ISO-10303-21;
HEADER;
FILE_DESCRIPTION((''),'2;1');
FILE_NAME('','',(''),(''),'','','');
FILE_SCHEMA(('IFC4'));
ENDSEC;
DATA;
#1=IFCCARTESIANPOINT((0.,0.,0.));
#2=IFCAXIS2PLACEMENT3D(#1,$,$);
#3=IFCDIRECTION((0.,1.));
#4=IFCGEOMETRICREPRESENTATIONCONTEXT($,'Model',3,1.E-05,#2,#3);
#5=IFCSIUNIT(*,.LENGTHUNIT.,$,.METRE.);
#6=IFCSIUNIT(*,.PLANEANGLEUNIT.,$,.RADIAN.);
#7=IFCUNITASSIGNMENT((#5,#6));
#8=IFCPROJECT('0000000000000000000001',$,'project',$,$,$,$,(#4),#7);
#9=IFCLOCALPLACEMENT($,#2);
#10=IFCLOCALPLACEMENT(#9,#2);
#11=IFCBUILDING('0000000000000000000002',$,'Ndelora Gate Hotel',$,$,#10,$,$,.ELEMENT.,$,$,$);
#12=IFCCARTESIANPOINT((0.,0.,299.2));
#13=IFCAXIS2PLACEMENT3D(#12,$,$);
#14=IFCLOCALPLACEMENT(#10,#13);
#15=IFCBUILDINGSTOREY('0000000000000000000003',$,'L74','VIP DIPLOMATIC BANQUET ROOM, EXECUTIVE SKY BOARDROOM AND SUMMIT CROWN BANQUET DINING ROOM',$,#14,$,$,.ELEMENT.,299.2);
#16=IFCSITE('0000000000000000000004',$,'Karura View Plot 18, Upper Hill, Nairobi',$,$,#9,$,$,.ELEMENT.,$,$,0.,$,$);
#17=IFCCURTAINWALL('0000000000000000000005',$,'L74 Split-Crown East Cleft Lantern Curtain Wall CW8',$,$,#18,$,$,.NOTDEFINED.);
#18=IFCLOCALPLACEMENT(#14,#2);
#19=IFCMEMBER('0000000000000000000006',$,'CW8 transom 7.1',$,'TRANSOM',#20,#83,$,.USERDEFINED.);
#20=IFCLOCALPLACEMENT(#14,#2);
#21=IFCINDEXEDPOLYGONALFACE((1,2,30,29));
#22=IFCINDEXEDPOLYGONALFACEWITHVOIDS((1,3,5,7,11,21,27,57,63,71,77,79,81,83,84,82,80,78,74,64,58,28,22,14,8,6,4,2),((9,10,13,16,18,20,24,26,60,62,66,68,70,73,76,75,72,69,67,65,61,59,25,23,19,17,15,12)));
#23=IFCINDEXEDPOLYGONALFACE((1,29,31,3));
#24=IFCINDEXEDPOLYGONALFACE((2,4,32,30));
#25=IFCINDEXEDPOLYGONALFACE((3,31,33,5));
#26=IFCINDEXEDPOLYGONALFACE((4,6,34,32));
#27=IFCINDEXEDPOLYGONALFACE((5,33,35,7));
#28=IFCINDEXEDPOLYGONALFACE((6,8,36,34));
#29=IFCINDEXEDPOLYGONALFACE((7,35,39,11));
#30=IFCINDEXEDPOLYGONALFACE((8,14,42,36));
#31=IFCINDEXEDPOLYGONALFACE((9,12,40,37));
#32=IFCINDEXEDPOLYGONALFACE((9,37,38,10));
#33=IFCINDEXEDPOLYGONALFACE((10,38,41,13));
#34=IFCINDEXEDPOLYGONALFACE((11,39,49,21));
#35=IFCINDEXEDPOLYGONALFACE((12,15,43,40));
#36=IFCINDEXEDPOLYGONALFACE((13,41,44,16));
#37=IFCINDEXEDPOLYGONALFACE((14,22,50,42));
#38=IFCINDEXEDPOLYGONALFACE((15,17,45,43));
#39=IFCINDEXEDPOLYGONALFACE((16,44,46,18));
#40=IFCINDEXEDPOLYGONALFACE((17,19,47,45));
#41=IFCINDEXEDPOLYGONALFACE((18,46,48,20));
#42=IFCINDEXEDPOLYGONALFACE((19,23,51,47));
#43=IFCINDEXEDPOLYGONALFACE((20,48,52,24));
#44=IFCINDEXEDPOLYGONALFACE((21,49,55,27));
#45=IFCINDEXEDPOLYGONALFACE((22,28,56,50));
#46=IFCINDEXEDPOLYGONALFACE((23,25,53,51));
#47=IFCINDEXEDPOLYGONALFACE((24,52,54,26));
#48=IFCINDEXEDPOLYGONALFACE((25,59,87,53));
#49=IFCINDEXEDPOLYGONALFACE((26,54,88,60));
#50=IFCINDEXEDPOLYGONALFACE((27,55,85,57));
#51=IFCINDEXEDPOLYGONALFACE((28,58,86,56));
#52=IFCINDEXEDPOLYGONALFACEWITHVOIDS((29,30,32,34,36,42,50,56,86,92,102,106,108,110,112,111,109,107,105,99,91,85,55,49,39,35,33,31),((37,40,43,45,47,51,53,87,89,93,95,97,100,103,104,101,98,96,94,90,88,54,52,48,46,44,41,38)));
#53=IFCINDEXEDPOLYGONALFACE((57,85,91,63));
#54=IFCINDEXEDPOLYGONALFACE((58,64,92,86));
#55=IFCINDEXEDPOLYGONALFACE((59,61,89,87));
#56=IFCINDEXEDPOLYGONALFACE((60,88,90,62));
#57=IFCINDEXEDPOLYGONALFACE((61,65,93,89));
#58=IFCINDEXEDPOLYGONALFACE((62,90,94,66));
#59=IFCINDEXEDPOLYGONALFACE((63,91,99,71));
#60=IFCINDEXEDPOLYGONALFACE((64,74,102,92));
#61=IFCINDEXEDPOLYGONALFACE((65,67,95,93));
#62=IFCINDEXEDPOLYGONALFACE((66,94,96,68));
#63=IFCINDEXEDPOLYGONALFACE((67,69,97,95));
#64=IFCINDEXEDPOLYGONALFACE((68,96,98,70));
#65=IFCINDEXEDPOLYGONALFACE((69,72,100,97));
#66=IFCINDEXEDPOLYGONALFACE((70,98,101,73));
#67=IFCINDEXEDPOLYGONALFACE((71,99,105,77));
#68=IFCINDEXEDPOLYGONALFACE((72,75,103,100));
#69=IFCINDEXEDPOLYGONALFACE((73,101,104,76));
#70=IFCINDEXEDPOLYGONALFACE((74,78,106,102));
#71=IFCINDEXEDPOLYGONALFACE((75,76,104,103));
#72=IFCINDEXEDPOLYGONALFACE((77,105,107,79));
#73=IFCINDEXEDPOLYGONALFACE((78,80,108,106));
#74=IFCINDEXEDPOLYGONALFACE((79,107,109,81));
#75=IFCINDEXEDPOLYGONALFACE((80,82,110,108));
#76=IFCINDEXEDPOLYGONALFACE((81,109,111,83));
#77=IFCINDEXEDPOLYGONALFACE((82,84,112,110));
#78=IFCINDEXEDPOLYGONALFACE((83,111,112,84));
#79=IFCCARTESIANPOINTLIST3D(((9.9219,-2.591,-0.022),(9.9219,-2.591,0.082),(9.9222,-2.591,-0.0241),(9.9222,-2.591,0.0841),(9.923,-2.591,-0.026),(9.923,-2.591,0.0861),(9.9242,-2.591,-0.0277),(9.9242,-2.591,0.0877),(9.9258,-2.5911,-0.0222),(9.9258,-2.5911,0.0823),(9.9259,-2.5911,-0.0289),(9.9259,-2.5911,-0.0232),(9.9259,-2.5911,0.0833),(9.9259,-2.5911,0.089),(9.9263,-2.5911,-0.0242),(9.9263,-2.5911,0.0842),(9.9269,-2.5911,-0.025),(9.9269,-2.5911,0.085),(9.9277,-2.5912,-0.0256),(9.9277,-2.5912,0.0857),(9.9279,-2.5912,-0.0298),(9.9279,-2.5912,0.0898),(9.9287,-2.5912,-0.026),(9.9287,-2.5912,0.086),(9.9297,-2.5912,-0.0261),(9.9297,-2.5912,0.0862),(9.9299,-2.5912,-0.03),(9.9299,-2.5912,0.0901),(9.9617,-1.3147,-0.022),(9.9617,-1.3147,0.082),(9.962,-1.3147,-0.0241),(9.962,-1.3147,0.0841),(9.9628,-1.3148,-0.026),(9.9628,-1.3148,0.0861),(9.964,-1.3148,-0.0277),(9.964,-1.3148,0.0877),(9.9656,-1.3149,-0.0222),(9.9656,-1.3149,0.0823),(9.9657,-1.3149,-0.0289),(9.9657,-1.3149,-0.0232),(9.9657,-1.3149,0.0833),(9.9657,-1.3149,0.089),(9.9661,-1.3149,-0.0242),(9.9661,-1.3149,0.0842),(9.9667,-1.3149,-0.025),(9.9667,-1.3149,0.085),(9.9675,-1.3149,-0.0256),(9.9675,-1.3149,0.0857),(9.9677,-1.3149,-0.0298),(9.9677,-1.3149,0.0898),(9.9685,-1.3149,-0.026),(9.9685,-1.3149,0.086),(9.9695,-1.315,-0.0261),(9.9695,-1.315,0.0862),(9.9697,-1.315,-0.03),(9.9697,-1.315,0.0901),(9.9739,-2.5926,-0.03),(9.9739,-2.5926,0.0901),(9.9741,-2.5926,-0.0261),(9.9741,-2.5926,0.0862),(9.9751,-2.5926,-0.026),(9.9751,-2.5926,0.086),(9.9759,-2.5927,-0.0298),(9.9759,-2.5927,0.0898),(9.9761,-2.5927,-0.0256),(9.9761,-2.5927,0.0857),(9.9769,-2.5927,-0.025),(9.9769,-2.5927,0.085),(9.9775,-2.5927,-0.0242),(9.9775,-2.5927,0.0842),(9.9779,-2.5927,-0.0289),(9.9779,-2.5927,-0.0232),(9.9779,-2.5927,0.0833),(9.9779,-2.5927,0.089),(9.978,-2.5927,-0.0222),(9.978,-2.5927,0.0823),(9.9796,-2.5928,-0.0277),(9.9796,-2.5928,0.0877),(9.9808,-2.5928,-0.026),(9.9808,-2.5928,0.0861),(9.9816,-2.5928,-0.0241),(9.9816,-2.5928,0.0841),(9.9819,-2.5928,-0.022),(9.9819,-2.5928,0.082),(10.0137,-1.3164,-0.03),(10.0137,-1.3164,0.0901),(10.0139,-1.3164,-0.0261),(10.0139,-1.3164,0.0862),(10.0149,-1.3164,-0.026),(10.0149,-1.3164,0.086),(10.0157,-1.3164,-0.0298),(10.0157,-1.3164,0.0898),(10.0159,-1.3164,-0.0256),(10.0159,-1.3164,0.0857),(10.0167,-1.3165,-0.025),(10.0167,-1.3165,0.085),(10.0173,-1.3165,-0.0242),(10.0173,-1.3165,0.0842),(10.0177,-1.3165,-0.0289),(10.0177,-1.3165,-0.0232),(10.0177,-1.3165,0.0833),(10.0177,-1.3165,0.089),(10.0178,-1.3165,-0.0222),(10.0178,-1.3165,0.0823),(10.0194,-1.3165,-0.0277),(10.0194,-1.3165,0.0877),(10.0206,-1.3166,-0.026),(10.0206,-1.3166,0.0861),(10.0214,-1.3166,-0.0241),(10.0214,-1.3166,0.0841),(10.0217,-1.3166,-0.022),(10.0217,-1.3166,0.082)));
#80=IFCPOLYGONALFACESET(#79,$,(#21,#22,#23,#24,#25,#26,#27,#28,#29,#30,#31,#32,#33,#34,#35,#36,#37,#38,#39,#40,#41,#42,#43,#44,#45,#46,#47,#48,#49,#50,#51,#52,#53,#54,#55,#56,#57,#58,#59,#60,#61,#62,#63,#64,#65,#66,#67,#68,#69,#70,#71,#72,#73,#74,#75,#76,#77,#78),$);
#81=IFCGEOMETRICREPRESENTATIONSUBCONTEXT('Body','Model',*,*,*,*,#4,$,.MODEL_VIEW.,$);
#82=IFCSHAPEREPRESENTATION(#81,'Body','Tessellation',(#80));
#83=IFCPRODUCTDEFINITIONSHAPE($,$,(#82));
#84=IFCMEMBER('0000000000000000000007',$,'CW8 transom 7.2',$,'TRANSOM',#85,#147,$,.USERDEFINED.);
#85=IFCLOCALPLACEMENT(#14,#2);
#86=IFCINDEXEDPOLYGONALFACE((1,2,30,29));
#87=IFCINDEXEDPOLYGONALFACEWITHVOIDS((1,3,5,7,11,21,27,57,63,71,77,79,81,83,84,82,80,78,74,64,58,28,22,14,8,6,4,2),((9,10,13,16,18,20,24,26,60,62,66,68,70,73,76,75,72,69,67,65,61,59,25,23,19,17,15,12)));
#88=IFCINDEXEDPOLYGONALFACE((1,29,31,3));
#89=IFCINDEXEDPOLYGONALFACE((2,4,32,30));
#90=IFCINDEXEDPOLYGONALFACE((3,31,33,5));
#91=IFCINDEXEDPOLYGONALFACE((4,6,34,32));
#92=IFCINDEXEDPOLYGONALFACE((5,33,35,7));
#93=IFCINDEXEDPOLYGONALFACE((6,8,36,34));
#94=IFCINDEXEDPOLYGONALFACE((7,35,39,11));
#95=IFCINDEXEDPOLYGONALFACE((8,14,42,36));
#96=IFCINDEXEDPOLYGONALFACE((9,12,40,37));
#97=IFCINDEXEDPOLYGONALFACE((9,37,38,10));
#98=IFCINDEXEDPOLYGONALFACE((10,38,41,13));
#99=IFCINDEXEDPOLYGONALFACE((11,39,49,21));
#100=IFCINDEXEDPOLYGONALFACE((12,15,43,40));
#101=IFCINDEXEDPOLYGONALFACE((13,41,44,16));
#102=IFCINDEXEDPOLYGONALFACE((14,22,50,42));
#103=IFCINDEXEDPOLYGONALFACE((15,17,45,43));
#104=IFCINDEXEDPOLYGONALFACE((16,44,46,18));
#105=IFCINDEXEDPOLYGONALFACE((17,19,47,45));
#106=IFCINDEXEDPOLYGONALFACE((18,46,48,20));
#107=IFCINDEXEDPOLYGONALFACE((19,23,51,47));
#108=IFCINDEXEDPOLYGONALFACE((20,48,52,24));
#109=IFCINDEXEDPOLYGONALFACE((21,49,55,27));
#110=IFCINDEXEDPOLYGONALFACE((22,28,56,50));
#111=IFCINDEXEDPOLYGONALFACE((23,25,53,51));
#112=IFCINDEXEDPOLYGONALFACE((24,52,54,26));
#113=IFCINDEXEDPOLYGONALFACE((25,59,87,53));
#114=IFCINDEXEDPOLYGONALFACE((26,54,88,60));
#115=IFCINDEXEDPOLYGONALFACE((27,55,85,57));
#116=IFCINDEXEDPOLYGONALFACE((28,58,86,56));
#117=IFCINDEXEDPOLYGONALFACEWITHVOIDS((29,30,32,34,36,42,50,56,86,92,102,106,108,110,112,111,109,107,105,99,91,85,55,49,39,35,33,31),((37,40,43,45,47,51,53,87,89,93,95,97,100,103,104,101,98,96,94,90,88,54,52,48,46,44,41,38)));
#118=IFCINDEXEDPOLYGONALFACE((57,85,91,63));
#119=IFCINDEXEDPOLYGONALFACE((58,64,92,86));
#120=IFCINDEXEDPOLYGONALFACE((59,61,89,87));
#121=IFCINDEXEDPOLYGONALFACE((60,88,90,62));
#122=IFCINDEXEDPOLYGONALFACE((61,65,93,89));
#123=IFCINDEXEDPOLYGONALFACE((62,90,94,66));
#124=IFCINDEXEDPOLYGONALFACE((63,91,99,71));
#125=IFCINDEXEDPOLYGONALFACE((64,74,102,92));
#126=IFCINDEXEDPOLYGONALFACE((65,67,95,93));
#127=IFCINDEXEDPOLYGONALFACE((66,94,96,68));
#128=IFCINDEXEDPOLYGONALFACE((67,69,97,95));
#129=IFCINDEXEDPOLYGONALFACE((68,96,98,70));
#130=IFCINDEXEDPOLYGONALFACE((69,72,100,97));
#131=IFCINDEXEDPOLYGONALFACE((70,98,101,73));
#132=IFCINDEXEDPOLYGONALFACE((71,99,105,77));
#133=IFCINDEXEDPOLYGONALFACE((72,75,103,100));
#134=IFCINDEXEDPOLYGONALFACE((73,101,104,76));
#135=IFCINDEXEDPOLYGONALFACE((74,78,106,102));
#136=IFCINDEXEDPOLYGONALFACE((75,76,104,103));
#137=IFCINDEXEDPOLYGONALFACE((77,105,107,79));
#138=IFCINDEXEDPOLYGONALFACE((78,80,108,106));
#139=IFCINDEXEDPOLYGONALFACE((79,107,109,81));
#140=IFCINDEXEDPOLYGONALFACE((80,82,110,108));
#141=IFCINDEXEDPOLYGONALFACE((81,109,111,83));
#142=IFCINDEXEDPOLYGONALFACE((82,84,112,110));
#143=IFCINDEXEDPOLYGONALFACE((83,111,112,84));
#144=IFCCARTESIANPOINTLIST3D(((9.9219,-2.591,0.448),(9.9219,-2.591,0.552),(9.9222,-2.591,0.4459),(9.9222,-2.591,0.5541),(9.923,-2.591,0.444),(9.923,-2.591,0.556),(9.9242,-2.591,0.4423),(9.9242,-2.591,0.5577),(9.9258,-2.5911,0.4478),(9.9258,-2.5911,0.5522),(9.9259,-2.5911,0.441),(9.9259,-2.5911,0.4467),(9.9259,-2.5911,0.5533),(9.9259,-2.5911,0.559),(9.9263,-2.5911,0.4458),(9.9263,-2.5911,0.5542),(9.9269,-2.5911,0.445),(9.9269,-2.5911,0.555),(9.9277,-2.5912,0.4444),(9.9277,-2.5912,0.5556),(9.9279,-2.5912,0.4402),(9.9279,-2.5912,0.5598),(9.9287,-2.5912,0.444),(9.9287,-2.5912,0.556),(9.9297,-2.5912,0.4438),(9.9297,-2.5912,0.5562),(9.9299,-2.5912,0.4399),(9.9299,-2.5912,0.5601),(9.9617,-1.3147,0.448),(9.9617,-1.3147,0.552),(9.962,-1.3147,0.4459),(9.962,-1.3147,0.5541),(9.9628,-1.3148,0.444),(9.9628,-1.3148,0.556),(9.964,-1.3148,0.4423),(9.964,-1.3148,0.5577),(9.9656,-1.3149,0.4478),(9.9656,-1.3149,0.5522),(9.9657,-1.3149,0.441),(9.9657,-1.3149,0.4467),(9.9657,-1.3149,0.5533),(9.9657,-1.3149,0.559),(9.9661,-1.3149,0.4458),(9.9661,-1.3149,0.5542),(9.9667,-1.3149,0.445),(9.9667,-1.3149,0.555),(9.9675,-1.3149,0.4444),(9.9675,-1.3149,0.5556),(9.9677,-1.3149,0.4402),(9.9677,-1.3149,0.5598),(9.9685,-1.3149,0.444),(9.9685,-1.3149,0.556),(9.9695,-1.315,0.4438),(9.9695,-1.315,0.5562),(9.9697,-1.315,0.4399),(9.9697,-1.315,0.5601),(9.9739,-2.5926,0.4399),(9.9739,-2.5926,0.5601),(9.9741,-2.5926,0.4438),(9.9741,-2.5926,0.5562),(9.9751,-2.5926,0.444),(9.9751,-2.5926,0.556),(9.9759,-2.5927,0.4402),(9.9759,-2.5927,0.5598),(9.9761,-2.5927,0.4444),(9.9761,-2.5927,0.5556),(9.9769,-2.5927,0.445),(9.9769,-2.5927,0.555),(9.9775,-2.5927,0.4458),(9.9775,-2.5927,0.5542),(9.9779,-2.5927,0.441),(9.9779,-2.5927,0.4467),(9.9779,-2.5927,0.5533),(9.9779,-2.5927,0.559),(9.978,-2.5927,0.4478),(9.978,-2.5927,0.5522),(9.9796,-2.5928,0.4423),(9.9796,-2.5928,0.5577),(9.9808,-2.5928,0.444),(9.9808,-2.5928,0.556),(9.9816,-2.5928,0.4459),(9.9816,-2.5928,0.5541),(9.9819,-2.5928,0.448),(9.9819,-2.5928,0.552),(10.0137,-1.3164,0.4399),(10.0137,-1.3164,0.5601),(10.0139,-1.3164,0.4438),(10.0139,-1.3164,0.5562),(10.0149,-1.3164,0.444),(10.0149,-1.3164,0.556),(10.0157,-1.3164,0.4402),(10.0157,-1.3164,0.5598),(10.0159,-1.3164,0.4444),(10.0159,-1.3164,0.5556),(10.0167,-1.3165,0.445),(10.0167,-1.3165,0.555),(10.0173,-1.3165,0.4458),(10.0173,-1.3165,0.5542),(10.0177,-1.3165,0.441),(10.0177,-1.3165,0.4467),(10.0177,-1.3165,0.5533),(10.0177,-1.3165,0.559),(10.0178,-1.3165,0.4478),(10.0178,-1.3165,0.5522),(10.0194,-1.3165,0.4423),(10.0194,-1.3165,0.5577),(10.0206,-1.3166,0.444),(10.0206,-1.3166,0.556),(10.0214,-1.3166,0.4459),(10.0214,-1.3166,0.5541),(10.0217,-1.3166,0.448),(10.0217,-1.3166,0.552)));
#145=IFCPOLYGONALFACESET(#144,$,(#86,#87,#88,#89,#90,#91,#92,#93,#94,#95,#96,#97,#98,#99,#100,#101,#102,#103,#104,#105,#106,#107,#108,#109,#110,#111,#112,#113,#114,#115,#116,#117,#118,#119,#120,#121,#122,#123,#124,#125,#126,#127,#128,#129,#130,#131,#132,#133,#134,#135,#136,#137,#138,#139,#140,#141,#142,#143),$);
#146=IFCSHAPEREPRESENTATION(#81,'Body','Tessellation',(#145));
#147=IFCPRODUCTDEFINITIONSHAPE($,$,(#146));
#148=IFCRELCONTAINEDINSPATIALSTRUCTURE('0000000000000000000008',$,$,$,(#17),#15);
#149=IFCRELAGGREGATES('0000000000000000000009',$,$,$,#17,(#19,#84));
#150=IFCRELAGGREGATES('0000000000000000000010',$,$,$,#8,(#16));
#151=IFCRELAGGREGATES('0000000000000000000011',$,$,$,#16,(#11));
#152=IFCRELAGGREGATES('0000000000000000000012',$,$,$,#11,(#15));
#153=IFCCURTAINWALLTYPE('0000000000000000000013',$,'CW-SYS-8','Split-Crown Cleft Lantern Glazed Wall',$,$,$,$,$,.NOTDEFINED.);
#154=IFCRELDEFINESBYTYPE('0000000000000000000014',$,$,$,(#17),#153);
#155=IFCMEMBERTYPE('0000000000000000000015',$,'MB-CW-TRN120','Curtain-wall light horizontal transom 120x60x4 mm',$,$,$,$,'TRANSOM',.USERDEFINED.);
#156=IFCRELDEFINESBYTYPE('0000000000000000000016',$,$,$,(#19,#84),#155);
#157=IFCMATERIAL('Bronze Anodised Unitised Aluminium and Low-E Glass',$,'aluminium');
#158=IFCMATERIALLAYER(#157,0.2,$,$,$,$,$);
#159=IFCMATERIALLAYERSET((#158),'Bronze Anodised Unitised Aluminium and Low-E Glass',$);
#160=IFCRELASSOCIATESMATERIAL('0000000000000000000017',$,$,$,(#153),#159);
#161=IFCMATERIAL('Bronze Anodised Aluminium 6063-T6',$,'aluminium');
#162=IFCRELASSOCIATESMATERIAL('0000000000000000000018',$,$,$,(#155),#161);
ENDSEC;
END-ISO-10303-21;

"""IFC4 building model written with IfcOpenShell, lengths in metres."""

from ifc_helpers import new_model, si_unit, direction, frame, origin, origin_2d, place, context, subcontext, project, spatial, hollow_rectangle, extrude, material, layer, layer_set, material_profile, profile_set, type_object, element, aggregate, save


model = new_model("IFC4")

# Units and contexts
model_context = context("Model", 3, precision=1e-05, world=origin(), true_north=direction((0.0, 1.0)))
body_context = subcontext(model_context, "Body", "Model", "MODEL_VIEW")
ifc_project = project(units=[si_unit("LENGTHUNIT", "METRE"), si_unit("PLANEANGLEUNIT", "RADIAN")], contexts=[model_context])

# Site, building, storey
site_placement = place(None, origin())
site = spatial("IfcSite", under=ifc_project, at=site_placement, Name="Karura View Plot 18, Upper Hill, Nairobi", CompositionType="ELEMENT", RefElevation=0.0)
building_placement = place(site_placement, origin())
building = spatial("IfcBuilding", under=site, at=building_placement, Name="Ndelora Gate Hotel", CompositionType="ELEMENT")
storey_placement = place(building_placement, frame((0.0, 0.0, 299.2)))
storey = spatial("IfcBuildingStorey", under=building, at=storey_placement, Name="L74", Description="VIP DIPLOMATIC BANQUET ROOM, EXECUTIVE SKY BOARDROOM AND SUMMIT CROWN BANQUET DINING ROOM", CompositionType="ELEMENT", Elevation=299.2)

# Shared definitions
ifc_material_1 = material(Name="Bronze Anodised Unitised Aluminium and Low-E Glass", Category="aluminium")
ifc_layer_1 = layer(ifc_material_1, 0.2)
ifc_layer_set_1 = layer_set([ifc_layer_1], Name="Bronze Anodised Unitised Aluminium and Low-E Glass")
curtain_wall_type = type_object("IfcCurtainWallType", Name="CW-SYS-8", Description="Split-Crown Cleft Lantern Glazed Wall", PredefinedType="NOTDEFINED", material=ifc_layer_set_1)
ifc_material_2 = material(Name="Bronze Anodised Aluminium 6063-T6", Category="aluminium")

# Curtain wall, members
curtain_wall_1_placement = place(storey_placement, origin())
curtain_wall_1 = element("IfcCurtainWall", 1, at=curtain_wall_1_placement, inside=storey, type_object=curtain_wall_type, Name="L74 Split-Crown East Cleft Lantern Curtain Wall CW8", PredefinedType="NOTDEFINED")
ifc_material_profile_1 = material_profile(ifc_material_2, hollow_rectangle(XDim=0.0601, YDim=0.1201, WallThickness=0.0039, InnerFilletRadius=0.0039, OuterFilletRadius=0.0081, at=origin_2d()), Name="ALU 120x60x4")
ifc_profile_set_1 = profile_set([ifc_material_profile_1], Name="Bronze Anodised Aluminium 6063-T6")
member_type_1 = type_object("IfcMemberType", Name="MB-CW-TRN120", Description="Curtain-wall light horizontal transom 120x60x4 mm", ElementType="TRANSOM", PredefinedType="USERDEFINED", material=ifc_profile_set_1)
member_1_placement = place(storey_placement, frame((9.9917, -1.3157, 0.03), z_axis=(-0.031169, -0.999514, 0.0), x_axis=(0.999514, -0.031169, 0.0)))
member_1 = element("IfcMember", 2, at=member_1_placement, type_object=member_type_1, Name="CW8 transom 7.1", ObjectType="TRANSOM", PredefinedType="USERDEFINED", context=body_context, shape_type="SweptSolid", body=[
    extrude(hollow_rectangle(XDim=0.0601, YDim=0.1201, WallThickness=0.0039, InnerFilletRadius=0.0039, OuterFilletRadius=0.0081, at=origin_2d()), origin(), (0.0, 0.0, 1.0), 1.2769),
])
member_2_placement = place(storey_placement, frame((9.9917, -1.3157, 0.5), z_axis=(-0.031169, -0.999514, 0.0), x_axis=(0.999514, -0.031169, 0.0)))
member_2 = element("IfcMember", 3, at=member_2_placement, type_object=member_type_1, Name="CW8 transom 7.2", ObjectType="TRANSOM", PredefinedType="USERDEFINED", context=body_context, shape_type="SweptSolid", body=[
    extrude(hollow_rectangle(XDim=0.0601, YDim=0.1201, WallThickness=0.0039, InnerFilletRadius=0.0039, OuterFilletRadius=0.0081, at=origin_2d()), origin(), (0.0, 0.0, 1.0), 1.2769),
])

aggregate(curtain_wall_1, [member_1, member_2])

save(model, "model.ifc")
